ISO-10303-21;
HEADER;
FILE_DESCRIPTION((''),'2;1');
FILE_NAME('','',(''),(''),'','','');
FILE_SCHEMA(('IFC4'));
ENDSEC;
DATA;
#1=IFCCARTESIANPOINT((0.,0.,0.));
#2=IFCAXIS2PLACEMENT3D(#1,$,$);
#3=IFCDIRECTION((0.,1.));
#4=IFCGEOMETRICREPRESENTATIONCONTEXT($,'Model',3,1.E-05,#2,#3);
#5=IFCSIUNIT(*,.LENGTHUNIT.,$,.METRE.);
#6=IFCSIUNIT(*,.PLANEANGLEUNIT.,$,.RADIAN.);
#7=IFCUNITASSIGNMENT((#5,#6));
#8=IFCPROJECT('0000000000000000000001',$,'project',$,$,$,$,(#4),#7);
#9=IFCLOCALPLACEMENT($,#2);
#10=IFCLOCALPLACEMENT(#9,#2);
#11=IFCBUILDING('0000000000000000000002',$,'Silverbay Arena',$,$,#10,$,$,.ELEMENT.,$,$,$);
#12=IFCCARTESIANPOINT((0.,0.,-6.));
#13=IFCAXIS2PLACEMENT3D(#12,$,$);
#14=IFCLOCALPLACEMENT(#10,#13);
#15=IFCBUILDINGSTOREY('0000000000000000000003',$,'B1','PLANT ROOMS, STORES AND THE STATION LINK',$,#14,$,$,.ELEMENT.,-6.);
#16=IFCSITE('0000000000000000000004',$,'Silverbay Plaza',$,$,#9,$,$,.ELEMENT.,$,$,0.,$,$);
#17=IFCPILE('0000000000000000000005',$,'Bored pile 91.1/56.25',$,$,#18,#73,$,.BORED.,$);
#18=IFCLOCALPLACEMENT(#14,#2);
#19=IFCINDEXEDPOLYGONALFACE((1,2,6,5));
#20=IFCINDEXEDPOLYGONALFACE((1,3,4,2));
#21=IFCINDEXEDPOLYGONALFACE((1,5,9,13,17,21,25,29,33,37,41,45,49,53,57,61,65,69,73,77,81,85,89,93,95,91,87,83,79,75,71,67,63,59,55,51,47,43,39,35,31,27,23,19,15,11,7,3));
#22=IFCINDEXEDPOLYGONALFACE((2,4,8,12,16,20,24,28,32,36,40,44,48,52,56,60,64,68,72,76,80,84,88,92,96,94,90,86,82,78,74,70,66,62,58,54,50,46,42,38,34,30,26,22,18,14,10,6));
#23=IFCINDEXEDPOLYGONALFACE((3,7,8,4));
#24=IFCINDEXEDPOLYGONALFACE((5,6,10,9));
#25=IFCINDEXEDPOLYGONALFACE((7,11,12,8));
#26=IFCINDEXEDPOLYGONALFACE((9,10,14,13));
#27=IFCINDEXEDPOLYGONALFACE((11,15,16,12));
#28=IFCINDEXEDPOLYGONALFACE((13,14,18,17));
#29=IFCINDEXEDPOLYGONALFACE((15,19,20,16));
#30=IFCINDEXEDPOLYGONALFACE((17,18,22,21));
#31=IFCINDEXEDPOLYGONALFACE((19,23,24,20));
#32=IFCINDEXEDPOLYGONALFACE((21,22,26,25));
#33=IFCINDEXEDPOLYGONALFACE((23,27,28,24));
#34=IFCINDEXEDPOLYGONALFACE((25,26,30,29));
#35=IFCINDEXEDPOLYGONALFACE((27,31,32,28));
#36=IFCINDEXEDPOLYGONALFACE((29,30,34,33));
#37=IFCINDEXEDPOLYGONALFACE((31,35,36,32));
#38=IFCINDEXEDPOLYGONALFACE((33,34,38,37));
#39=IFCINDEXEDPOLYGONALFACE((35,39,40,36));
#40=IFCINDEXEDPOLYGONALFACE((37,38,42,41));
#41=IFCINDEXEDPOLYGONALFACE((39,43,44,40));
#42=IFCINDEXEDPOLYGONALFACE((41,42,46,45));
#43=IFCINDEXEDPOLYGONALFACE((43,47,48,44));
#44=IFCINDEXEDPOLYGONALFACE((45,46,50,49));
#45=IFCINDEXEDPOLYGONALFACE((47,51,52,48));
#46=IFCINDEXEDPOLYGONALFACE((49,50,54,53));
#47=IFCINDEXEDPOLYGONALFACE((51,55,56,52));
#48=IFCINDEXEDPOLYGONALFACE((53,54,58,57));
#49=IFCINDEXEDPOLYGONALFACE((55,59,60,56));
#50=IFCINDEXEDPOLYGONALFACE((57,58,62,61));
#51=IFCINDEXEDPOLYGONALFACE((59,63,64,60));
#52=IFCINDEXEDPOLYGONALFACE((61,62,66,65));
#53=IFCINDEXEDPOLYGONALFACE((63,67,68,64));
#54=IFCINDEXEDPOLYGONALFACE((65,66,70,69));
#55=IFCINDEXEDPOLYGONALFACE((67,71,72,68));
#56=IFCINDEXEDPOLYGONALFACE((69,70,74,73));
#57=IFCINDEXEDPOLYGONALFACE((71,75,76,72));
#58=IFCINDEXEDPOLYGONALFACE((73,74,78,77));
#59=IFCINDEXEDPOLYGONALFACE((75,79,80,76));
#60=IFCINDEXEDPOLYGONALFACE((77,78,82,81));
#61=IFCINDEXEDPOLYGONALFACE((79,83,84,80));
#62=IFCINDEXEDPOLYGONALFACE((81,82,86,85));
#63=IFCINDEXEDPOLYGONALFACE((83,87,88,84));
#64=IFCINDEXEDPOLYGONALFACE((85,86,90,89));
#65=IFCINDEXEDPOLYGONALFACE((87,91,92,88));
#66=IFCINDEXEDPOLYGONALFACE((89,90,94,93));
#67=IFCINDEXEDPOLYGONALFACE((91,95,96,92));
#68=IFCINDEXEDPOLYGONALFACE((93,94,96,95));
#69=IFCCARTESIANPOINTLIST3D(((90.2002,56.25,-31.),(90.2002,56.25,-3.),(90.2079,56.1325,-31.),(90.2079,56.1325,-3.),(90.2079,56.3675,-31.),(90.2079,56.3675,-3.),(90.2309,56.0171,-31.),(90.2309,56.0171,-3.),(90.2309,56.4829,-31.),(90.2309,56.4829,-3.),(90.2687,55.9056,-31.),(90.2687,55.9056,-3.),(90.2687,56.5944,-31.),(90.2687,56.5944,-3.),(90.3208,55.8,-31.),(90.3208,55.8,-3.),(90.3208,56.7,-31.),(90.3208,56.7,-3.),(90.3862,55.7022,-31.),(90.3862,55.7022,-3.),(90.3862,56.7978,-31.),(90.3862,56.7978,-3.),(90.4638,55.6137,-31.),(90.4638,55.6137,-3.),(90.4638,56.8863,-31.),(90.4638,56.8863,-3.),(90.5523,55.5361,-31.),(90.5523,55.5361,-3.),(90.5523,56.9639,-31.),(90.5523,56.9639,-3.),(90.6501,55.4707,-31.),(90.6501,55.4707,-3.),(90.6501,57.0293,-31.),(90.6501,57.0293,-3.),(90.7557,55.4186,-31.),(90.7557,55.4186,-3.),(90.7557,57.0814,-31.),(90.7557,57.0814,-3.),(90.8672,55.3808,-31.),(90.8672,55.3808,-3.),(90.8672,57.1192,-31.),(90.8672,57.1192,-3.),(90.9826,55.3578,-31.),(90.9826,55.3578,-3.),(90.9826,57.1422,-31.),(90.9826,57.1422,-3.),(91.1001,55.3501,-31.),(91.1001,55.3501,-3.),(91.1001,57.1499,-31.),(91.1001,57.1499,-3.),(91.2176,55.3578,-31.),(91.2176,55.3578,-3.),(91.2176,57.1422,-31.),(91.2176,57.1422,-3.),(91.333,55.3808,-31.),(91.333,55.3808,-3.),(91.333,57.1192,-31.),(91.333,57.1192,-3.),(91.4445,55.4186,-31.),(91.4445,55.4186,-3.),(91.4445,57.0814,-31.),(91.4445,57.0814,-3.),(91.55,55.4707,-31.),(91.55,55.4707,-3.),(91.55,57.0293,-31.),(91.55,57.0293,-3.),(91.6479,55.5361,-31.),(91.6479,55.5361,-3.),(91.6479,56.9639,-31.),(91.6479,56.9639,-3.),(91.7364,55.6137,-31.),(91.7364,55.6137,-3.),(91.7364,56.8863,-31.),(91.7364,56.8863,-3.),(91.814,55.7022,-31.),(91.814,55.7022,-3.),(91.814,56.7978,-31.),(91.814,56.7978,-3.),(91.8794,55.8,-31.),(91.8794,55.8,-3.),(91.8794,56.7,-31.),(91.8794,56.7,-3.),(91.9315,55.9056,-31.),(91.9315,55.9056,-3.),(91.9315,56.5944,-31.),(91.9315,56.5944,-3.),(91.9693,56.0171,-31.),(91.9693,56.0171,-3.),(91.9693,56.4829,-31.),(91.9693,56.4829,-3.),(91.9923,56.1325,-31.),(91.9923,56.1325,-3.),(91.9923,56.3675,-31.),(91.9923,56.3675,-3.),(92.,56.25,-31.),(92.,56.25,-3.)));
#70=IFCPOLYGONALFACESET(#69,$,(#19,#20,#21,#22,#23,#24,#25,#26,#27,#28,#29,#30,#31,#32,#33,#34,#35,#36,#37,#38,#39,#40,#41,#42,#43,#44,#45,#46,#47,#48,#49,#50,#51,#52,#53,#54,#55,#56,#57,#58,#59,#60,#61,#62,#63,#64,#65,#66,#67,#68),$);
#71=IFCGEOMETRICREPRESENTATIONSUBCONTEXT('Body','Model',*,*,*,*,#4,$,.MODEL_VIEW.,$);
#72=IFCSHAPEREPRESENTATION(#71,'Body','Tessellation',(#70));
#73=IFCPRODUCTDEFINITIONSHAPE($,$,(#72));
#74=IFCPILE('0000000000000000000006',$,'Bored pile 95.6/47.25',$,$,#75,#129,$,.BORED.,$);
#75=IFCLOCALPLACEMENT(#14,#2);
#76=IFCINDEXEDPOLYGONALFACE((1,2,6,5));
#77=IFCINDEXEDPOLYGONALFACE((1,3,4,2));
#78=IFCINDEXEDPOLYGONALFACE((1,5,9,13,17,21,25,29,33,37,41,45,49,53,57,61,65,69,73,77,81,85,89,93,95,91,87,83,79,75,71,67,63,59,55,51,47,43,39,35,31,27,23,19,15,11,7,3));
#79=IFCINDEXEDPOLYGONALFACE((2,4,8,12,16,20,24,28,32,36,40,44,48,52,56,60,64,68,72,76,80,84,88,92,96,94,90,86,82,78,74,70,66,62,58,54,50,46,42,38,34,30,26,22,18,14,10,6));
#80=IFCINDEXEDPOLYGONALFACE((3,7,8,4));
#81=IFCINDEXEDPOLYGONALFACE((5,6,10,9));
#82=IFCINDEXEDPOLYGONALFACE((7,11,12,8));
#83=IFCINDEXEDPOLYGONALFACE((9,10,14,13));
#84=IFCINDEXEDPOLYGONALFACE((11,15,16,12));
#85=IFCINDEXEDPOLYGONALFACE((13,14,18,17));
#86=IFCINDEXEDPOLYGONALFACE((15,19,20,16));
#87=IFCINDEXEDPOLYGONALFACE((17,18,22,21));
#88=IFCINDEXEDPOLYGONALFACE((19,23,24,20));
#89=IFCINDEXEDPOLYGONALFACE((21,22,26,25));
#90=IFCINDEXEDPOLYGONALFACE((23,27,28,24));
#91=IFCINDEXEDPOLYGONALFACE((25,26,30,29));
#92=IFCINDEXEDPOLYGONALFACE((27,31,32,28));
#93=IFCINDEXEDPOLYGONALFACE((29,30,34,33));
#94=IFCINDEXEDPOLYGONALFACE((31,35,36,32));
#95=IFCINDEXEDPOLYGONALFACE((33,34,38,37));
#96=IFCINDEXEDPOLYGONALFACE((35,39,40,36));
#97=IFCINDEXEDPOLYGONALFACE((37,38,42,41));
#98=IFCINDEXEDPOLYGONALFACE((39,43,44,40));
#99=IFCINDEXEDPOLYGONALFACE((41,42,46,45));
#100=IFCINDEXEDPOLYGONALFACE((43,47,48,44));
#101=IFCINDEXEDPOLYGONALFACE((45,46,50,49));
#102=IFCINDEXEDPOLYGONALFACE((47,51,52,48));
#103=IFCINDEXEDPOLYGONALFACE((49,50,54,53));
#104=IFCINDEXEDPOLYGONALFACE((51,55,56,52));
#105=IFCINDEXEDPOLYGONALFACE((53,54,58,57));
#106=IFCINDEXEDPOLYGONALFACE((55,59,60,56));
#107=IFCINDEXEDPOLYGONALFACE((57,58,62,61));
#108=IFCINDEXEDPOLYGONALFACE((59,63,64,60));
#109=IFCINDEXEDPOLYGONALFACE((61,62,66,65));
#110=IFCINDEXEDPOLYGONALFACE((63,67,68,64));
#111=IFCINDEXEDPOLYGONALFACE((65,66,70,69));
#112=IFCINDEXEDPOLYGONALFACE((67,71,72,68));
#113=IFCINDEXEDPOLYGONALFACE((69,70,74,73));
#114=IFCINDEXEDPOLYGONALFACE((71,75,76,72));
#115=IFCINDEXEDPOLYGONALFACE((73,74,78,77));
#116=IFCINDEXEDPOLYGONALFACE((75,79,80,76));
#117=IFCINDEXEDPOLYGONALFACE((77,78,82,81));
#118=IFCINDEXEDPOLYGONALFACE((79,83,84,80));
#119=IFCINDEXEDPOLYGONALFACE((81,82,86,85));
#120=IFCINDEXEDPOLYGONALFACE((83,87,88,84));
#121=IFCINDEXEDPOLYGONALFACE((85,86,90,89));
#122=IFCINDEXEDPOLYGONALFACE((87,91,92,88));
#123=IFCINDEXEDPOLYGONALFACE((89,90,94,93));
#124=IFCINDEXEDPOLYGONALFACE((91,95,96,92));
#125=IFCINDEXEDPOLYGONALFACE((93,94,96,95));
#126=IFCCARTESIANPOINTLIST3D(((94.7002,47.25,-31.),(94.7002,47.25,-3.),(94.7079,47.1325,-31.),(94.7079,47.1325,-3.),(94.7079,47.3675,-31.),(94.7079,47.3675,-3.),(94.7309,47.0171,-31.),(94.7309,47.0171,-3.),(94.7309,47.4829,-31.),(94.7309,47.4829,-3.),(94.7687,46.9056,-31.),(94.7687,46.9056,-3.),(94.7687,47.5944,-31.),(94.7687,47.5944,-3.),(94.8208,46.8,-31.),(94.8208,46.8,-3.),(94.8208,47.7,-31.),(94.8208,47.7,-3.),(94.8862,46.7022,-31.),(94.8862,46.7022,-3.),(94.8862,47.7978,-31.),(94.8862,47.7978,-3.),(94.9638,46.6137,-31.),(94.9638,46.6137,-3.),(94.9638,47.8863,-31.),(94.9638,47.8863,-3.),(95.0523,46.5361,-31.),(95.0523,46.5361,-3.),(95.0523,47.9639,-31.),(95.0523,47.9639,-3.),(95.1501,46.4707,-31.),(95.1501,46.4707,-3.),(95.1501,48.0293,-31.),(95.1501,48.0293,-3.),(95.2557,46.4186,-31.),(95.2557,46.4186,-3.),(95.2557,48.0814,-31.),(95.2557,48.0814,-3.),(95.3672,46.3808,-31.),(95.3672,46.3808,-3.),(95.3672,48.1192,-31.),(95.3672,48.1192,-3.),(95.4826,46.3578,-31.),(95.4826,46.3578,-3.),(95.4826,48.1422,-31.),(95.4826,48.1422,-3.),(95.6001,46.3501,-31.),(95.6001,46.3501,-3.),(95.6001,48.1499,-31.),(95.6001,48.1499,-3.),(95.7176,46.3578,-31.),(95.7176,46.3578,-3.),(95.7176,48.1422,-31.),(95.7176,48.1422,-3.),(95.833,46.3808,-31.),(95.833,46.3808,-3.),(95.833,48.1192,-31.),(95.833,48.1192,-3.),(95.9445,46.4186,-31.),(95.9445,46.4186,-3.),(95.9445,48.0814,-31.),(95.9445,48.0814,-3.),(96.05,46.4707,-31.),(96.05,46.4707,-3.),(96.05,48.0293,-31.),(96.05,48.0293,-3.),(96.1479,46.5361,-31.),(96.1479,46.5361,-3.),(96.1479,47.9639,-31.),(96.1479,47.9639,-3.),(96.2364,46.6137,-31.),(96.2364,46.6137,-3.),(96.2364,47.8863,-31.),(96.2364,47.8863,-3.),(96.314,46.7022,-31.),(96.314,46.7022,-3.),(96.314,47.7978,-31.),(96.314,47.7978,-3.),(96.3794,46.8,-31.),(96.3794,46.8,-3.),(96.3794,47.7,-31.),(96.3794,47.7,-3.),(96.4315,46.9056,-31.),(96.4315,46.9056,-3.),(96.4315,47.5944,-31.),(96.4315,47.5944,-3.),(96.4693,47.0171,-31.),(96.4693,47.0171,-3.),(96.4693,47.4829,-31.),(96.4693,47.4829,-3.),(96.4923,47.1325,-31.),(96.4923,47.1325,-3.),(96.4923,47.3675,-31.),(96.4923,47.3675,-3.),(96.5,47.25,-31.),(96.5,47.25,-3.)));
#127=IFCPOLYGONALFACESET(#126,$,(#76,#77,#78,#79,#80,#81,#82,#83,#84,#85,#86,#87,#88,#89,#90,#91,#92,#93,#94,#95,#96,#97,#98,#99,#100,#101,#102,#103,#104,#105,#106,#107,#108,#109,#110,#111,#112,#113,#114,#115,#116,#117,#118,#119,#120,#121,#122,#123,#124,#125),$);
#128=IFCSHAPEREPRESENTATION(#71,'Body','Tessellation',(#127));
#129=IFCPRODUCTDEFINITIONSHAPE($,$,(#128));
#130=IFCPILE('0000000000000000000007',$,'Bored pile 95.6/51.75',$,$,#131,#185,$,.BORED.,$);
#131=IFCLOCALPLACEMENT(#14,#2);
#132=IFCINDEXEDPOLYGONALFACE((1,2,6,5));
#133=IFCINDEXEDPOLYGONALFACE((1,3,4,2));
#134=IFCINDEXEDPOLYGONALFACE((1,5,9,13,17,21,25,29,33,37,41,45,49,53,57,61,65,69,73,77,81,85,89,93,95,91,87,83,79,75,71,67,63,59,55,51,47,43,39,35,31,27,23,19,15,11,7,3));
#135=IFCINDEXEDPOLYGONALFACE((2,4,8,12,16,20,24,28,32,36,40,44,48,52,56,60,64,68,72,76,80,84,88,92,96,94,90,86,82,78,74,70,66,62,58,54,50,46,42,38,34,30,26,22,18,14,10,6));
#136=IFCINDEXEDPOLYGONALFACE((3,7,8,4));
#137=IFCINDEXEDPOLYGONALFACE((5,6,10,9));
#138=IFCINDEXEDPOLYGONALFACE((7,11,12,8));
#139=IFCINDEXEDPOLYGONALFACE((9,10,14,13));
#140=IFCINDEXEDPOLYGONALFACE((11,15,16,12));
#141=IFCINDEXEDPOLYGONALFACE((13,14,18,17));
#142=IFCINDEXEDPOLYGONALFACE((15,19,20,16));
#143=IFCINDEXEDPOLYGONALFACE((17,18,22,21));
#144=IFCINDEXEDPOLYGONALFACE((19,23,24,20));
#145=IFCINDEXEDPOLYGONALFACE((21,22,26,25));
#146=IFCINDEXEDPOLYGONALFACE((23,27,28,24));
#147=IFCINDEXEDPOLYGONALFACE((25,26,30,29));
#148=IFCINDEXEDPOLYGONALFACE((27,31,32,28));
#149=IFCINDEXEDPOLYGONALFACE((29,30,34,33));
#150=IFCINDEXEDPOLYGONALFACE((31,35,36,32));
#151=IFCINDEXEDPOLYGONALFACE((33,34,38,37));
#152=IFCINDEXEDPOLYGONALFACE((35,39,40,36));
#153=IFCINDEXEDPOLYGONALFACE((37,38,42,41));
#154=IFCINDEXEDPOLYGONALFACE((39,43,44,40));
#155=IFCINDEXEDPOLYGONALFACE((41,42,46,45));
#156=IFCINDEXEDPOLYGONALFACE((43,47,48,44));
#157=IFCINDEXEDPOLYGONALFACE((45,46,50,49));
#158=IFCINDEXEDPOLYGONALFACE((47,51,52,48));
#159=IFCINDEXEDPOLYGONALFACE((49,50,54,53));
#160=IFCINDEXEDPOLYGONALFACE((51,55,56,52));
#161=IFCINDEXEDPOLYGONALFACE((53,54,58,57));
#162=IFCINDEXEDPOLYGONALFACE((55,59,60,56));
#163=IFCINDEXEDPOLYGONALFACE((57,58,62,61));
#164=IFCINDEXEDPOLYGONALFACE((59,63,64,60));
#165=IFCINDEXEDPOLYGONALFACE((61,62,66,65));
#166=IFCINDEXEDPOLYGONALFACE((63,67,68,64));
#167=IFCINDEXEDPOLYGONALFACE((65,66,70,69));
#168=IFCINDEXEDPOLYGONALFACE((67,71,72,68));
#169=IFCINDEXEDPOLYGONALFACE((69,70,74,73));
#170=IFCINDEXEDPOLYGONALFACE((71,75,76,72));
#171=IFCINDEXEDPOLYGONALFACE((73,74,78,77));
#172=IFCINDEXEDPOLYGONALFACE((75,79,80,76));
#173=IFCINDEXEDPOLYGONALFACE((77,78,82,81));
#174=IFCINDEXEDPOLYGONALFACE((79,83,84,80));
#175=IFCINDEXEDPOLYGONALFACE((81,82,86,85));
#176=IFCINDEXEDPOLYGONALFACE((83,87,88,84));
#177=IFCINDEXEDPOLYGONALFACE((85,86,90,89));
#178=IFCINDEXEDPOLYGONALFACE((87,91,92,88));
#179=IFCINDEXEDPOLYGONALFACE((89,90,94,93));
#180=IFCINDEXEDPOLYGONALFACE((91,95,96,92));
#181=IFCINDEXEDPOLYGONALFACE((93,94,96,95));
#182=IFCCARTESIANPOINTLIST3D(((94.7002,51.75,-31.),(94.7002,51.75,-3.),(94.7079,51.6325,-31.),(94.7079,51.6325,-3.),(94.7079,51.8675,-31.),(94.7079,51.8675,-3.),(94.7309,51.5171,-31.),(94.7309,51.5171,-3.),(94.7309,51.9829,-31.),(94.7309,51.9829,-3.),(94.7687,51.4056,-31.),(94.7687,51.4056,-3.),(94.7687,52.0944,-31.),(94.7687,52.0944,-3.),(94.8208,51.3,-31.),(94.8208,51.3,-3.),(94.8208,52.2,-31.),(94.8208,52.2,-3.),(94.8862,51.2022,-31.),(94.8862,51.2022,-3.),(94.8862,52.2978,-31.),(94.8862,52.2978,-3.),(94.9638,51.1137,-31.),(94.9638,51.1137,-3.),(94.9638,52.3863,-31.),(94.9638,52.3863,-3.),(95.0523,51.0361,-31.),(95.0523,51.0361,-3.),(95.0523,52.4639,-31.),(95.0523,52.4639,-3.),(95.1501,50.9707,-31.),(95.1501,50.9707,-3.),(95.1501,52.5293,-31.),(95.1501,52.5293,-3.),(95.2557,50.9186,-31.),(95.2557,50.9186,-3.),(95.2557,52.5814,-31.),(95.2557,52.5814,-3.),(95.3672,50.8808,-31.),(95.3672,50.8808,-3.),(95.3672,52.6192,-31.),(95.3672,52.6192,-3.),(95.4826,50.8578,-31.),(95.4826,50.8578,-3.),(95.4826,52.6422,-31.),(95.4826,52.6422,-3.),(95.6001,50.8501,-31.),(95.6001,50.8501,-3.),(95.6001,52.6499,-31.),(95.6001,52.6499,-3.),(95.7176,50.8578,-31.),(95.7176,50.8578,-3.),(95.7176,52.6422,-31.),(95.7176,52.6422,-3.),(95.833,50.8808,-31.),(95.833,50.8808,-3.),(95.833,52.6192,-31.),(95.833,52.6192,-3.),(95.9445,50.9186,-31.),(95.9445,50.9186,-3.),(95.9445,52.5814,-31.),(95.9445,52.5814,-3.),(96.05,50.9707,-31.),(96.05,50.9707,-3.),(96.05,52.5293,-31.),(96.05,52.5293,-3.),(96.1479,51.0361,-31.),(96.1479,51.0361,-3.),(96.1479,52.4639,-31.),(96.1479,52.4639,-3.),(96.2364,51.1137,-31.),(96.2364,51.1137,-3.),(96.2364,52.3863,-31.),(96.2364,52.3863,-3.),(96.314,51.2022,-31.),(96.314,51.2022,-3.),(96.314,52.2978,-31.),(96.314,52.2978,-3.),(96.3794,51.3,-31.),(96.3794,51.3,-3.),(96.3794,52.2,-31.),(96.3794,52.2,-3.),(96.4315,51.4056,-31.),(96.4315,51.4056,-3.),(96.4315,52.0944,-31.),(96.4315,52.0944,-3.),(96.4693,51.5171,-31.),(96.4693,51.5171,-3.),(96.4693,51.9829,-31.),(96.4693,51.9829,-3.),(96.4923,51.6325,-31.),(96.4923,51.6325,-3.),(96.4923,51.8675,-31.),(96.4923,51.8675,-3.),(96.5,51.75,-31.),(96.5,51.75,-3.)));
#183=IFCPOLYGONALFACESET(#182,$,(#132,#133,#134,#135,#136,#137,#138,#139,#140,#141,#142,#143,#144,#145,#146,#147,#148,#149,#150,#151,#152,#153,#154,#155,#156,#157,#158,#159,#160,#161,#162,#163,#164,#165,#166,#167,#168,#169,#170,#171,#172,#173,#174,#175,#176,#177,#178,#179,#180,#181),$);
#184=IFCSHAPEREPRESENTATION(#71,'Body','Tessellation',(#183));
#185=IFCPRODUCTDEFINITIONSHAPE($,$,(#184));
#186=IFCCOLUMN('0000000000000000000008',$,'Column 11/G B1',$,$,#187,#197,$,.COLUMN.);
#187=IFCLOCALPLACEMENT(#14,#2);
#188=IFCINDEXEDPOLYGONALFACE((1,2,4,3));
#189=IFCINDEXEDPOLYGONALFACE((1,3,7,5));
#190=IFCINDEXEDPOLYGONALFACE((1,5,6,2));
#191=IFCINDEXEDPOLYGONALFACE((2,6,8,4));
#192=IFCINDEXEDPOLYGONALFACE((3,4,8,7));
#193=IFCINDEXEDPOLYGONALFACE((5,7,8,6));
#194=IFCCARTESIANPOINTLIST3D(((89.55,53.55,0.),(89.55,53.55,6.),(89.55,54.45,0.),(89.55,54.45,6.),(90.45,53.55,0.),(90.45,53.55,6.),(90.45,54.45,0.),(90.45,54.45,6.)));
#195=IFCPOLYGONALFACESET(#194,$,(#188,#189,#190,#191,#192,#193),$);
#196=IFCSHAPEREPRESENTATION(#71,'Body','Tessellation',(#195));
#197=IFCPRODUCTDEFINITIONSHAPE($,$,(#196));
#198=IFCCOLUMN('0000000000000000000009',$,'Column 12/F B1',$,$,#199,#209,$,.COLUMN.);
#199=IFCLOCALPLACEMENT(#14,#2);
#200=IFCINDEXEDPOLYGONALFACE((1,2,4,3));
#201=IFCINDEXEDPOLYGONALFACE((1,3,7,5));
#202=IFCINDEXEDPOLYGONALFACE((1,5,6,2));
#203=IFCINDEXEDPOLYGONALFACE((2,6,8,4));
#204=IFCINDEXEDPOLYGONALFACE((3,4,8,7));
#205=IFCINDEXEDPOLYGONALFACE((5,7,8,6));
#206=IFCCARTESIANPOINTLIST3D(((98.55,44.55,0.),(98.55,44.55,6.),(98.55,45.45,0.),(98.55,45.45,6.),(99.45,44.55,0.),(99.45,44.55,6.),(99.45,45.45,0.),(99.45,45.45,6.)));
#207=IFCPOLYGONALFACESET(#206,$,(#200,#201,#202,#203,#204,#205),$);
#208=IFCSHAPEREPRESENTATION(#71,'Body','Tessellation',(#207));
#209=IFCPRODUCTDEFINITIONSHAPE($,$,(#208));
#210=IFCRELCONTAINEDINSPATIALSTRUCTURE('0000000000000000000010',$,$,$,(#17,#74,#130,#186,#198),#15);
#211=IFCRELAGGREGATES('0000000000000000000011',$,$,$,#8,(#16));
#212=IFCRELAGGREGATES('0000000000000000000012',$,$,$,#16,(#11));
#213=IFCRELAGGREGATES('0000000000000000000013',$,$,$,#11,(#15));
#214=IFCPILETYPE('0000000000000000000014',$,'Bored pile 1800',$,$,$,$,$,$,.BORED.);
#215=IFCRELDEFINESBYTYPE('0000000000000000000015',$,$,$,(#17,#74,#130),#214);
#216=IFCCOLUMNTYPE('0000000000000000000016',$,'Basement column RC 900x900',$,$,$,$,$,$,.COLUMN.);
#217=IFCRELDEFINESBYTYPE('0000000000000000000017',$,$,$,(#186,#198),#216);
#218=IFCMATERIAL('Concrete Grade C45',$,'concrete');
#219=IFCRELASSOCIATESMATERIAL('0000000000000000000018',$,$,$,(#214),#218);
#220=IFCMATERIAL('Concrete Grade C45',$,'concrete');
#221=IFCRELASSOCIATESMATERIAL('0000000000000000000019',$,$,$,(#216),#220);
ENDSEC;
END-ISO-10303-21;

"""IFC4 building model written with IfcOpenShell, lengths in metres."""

from ifc_helpers import new_model, si_unit, direction, frame, origin, origin_2d, place, context, subcontext, project, spatial, rectangle, circle, extrude, material, material_profile, profile_set, type_object, element, save


model = new_model("IFC4")

# Units and contexts
model_context = context("Model", 3, precision=1e-05, world=origin(), true_north=direction((0.0, 1.0)))
body_context = subcontext(model_context, "Body", "Model", "MODEL_VIEW")
ifc_project = project(units=[si_unit("LENGTHUNIT", "METRE"), si_unit("PLANEANGLEUNIT", "RADIAN")], contexts=[model_context])

# Site, building, storey
site_placement = place(None, origin())
site = spatial("IfcSite", under=ifc_project, at=site_placement, Name="Silverbay Plaza", CompositionType="ELEMENT", RefElevation=0.0)
building_placement = place(site_placement, origin())
building = spatial("IfcBuilding", under=site, at=building_placement, Name="Silverbay Arena", CompositionType="ELEMENT")
storey_placement = place(building_placement, frame((0.0, 0.0, -6.0)))
storey = spatial("IfcBuildingStorey", under=building, at=storey_placement, Name="B1", Description="PLANT ROOMS, STORES AND THE STATION LINK", CompositionType="ELEMENT", Elevation=-6.0)

# Piles
ifc_material_1 = material(Name="Concrete Grade C45", Category="concrete")
ifc_material_profile_1 = material_profile(ifc_material_1, circle(Radius=0.8999, at=origin_2d()), Name="Bored pile 1800")
ifc_profile_set_1 = profile_set([ifc_material_profile_1], Name="Concrete Grade C45")
pile_type = type_object("IfcPileType", Name="Bored pile 1800", PredefinedType="BORED", material=ifc_profile_set_1)
for number, where, z_axis, x_axis, name in (
    (1, (91.1001, 56.25, -3.0), (0.0, 0.0, -1.0), (1.0, 0.0, 0.0), "Bored pile 91.1/56.25"),
    (2, (95.6001, 47.25, -3.0), (0.0, 0.0, -1.0), (1.0, 0.0, 0.0), "Bored pile 95.6/47.25"),
    (3, (95.6001, 51.75, -3.0), (0.0, 0.0, -1.0), (1.0, 0.0, 0.0), "Bored pile 95.6/51.75"),
):
    element("IfcPile", number, at=place(storey_placement, frame(where, z_axis=z_axis, x_axis=x_axis)), inside=storey, type_object=pile_type, Name=name, PredefinedType="BORED", context=body_context, shape_type="SweptSolid", body=[
        extrude(circle(Radius=0.8999, at=origin_2d()), origin(), (0.0, 0.0, 1.0), 28.0),
    ])

# Columns
ifc_material_2 = material(Name="Concrete Grade C45", Category="concrete")
ifc_material_profile_2 = material_profile(ifc_material_2, rectangle(XDim=0.8999, YDim=0.8999, at=origin_2d()), Name="RC 900x900")
ifc_profile_set_2 = profile_set([ifc_material_profile_2], Name="Concrete Grade C45")
column_type = type_object("IfcColumnType", Name="Basement column RC 900x900", PredefinedType="COLUMN", material=ifc_profile_set_2)
for number, where, z_axis, x_axis, name in (
    (4, (90.0, 54.0, 0.0), (0.0, 0.0, 1.0), (1.0, 0.0, 0.0), "Column 11/G B1"),
    (5, (99.0, 45.0, 0.0), (0.0, 0.0, 1.0), (1.0, 0.0, 0.0), "Column 12/F B1"),
):
    element("IfcColumn", number, at=place(storey_placement, frame(where, z_axis=z_axis, x_axis=x_axis)), inside=storey, type_object=column_type, Name=name, PredefinedType="COLUMN", context=body_context, shape_type="SweptSolid", body=[
        extrude(rectangle(XDim=0.8999, YDim=0.8999, at=origin_2d()), origin(), (0.0, 0.0, 1.0), 6.0),
    ])

save(model, "model.ifc")
